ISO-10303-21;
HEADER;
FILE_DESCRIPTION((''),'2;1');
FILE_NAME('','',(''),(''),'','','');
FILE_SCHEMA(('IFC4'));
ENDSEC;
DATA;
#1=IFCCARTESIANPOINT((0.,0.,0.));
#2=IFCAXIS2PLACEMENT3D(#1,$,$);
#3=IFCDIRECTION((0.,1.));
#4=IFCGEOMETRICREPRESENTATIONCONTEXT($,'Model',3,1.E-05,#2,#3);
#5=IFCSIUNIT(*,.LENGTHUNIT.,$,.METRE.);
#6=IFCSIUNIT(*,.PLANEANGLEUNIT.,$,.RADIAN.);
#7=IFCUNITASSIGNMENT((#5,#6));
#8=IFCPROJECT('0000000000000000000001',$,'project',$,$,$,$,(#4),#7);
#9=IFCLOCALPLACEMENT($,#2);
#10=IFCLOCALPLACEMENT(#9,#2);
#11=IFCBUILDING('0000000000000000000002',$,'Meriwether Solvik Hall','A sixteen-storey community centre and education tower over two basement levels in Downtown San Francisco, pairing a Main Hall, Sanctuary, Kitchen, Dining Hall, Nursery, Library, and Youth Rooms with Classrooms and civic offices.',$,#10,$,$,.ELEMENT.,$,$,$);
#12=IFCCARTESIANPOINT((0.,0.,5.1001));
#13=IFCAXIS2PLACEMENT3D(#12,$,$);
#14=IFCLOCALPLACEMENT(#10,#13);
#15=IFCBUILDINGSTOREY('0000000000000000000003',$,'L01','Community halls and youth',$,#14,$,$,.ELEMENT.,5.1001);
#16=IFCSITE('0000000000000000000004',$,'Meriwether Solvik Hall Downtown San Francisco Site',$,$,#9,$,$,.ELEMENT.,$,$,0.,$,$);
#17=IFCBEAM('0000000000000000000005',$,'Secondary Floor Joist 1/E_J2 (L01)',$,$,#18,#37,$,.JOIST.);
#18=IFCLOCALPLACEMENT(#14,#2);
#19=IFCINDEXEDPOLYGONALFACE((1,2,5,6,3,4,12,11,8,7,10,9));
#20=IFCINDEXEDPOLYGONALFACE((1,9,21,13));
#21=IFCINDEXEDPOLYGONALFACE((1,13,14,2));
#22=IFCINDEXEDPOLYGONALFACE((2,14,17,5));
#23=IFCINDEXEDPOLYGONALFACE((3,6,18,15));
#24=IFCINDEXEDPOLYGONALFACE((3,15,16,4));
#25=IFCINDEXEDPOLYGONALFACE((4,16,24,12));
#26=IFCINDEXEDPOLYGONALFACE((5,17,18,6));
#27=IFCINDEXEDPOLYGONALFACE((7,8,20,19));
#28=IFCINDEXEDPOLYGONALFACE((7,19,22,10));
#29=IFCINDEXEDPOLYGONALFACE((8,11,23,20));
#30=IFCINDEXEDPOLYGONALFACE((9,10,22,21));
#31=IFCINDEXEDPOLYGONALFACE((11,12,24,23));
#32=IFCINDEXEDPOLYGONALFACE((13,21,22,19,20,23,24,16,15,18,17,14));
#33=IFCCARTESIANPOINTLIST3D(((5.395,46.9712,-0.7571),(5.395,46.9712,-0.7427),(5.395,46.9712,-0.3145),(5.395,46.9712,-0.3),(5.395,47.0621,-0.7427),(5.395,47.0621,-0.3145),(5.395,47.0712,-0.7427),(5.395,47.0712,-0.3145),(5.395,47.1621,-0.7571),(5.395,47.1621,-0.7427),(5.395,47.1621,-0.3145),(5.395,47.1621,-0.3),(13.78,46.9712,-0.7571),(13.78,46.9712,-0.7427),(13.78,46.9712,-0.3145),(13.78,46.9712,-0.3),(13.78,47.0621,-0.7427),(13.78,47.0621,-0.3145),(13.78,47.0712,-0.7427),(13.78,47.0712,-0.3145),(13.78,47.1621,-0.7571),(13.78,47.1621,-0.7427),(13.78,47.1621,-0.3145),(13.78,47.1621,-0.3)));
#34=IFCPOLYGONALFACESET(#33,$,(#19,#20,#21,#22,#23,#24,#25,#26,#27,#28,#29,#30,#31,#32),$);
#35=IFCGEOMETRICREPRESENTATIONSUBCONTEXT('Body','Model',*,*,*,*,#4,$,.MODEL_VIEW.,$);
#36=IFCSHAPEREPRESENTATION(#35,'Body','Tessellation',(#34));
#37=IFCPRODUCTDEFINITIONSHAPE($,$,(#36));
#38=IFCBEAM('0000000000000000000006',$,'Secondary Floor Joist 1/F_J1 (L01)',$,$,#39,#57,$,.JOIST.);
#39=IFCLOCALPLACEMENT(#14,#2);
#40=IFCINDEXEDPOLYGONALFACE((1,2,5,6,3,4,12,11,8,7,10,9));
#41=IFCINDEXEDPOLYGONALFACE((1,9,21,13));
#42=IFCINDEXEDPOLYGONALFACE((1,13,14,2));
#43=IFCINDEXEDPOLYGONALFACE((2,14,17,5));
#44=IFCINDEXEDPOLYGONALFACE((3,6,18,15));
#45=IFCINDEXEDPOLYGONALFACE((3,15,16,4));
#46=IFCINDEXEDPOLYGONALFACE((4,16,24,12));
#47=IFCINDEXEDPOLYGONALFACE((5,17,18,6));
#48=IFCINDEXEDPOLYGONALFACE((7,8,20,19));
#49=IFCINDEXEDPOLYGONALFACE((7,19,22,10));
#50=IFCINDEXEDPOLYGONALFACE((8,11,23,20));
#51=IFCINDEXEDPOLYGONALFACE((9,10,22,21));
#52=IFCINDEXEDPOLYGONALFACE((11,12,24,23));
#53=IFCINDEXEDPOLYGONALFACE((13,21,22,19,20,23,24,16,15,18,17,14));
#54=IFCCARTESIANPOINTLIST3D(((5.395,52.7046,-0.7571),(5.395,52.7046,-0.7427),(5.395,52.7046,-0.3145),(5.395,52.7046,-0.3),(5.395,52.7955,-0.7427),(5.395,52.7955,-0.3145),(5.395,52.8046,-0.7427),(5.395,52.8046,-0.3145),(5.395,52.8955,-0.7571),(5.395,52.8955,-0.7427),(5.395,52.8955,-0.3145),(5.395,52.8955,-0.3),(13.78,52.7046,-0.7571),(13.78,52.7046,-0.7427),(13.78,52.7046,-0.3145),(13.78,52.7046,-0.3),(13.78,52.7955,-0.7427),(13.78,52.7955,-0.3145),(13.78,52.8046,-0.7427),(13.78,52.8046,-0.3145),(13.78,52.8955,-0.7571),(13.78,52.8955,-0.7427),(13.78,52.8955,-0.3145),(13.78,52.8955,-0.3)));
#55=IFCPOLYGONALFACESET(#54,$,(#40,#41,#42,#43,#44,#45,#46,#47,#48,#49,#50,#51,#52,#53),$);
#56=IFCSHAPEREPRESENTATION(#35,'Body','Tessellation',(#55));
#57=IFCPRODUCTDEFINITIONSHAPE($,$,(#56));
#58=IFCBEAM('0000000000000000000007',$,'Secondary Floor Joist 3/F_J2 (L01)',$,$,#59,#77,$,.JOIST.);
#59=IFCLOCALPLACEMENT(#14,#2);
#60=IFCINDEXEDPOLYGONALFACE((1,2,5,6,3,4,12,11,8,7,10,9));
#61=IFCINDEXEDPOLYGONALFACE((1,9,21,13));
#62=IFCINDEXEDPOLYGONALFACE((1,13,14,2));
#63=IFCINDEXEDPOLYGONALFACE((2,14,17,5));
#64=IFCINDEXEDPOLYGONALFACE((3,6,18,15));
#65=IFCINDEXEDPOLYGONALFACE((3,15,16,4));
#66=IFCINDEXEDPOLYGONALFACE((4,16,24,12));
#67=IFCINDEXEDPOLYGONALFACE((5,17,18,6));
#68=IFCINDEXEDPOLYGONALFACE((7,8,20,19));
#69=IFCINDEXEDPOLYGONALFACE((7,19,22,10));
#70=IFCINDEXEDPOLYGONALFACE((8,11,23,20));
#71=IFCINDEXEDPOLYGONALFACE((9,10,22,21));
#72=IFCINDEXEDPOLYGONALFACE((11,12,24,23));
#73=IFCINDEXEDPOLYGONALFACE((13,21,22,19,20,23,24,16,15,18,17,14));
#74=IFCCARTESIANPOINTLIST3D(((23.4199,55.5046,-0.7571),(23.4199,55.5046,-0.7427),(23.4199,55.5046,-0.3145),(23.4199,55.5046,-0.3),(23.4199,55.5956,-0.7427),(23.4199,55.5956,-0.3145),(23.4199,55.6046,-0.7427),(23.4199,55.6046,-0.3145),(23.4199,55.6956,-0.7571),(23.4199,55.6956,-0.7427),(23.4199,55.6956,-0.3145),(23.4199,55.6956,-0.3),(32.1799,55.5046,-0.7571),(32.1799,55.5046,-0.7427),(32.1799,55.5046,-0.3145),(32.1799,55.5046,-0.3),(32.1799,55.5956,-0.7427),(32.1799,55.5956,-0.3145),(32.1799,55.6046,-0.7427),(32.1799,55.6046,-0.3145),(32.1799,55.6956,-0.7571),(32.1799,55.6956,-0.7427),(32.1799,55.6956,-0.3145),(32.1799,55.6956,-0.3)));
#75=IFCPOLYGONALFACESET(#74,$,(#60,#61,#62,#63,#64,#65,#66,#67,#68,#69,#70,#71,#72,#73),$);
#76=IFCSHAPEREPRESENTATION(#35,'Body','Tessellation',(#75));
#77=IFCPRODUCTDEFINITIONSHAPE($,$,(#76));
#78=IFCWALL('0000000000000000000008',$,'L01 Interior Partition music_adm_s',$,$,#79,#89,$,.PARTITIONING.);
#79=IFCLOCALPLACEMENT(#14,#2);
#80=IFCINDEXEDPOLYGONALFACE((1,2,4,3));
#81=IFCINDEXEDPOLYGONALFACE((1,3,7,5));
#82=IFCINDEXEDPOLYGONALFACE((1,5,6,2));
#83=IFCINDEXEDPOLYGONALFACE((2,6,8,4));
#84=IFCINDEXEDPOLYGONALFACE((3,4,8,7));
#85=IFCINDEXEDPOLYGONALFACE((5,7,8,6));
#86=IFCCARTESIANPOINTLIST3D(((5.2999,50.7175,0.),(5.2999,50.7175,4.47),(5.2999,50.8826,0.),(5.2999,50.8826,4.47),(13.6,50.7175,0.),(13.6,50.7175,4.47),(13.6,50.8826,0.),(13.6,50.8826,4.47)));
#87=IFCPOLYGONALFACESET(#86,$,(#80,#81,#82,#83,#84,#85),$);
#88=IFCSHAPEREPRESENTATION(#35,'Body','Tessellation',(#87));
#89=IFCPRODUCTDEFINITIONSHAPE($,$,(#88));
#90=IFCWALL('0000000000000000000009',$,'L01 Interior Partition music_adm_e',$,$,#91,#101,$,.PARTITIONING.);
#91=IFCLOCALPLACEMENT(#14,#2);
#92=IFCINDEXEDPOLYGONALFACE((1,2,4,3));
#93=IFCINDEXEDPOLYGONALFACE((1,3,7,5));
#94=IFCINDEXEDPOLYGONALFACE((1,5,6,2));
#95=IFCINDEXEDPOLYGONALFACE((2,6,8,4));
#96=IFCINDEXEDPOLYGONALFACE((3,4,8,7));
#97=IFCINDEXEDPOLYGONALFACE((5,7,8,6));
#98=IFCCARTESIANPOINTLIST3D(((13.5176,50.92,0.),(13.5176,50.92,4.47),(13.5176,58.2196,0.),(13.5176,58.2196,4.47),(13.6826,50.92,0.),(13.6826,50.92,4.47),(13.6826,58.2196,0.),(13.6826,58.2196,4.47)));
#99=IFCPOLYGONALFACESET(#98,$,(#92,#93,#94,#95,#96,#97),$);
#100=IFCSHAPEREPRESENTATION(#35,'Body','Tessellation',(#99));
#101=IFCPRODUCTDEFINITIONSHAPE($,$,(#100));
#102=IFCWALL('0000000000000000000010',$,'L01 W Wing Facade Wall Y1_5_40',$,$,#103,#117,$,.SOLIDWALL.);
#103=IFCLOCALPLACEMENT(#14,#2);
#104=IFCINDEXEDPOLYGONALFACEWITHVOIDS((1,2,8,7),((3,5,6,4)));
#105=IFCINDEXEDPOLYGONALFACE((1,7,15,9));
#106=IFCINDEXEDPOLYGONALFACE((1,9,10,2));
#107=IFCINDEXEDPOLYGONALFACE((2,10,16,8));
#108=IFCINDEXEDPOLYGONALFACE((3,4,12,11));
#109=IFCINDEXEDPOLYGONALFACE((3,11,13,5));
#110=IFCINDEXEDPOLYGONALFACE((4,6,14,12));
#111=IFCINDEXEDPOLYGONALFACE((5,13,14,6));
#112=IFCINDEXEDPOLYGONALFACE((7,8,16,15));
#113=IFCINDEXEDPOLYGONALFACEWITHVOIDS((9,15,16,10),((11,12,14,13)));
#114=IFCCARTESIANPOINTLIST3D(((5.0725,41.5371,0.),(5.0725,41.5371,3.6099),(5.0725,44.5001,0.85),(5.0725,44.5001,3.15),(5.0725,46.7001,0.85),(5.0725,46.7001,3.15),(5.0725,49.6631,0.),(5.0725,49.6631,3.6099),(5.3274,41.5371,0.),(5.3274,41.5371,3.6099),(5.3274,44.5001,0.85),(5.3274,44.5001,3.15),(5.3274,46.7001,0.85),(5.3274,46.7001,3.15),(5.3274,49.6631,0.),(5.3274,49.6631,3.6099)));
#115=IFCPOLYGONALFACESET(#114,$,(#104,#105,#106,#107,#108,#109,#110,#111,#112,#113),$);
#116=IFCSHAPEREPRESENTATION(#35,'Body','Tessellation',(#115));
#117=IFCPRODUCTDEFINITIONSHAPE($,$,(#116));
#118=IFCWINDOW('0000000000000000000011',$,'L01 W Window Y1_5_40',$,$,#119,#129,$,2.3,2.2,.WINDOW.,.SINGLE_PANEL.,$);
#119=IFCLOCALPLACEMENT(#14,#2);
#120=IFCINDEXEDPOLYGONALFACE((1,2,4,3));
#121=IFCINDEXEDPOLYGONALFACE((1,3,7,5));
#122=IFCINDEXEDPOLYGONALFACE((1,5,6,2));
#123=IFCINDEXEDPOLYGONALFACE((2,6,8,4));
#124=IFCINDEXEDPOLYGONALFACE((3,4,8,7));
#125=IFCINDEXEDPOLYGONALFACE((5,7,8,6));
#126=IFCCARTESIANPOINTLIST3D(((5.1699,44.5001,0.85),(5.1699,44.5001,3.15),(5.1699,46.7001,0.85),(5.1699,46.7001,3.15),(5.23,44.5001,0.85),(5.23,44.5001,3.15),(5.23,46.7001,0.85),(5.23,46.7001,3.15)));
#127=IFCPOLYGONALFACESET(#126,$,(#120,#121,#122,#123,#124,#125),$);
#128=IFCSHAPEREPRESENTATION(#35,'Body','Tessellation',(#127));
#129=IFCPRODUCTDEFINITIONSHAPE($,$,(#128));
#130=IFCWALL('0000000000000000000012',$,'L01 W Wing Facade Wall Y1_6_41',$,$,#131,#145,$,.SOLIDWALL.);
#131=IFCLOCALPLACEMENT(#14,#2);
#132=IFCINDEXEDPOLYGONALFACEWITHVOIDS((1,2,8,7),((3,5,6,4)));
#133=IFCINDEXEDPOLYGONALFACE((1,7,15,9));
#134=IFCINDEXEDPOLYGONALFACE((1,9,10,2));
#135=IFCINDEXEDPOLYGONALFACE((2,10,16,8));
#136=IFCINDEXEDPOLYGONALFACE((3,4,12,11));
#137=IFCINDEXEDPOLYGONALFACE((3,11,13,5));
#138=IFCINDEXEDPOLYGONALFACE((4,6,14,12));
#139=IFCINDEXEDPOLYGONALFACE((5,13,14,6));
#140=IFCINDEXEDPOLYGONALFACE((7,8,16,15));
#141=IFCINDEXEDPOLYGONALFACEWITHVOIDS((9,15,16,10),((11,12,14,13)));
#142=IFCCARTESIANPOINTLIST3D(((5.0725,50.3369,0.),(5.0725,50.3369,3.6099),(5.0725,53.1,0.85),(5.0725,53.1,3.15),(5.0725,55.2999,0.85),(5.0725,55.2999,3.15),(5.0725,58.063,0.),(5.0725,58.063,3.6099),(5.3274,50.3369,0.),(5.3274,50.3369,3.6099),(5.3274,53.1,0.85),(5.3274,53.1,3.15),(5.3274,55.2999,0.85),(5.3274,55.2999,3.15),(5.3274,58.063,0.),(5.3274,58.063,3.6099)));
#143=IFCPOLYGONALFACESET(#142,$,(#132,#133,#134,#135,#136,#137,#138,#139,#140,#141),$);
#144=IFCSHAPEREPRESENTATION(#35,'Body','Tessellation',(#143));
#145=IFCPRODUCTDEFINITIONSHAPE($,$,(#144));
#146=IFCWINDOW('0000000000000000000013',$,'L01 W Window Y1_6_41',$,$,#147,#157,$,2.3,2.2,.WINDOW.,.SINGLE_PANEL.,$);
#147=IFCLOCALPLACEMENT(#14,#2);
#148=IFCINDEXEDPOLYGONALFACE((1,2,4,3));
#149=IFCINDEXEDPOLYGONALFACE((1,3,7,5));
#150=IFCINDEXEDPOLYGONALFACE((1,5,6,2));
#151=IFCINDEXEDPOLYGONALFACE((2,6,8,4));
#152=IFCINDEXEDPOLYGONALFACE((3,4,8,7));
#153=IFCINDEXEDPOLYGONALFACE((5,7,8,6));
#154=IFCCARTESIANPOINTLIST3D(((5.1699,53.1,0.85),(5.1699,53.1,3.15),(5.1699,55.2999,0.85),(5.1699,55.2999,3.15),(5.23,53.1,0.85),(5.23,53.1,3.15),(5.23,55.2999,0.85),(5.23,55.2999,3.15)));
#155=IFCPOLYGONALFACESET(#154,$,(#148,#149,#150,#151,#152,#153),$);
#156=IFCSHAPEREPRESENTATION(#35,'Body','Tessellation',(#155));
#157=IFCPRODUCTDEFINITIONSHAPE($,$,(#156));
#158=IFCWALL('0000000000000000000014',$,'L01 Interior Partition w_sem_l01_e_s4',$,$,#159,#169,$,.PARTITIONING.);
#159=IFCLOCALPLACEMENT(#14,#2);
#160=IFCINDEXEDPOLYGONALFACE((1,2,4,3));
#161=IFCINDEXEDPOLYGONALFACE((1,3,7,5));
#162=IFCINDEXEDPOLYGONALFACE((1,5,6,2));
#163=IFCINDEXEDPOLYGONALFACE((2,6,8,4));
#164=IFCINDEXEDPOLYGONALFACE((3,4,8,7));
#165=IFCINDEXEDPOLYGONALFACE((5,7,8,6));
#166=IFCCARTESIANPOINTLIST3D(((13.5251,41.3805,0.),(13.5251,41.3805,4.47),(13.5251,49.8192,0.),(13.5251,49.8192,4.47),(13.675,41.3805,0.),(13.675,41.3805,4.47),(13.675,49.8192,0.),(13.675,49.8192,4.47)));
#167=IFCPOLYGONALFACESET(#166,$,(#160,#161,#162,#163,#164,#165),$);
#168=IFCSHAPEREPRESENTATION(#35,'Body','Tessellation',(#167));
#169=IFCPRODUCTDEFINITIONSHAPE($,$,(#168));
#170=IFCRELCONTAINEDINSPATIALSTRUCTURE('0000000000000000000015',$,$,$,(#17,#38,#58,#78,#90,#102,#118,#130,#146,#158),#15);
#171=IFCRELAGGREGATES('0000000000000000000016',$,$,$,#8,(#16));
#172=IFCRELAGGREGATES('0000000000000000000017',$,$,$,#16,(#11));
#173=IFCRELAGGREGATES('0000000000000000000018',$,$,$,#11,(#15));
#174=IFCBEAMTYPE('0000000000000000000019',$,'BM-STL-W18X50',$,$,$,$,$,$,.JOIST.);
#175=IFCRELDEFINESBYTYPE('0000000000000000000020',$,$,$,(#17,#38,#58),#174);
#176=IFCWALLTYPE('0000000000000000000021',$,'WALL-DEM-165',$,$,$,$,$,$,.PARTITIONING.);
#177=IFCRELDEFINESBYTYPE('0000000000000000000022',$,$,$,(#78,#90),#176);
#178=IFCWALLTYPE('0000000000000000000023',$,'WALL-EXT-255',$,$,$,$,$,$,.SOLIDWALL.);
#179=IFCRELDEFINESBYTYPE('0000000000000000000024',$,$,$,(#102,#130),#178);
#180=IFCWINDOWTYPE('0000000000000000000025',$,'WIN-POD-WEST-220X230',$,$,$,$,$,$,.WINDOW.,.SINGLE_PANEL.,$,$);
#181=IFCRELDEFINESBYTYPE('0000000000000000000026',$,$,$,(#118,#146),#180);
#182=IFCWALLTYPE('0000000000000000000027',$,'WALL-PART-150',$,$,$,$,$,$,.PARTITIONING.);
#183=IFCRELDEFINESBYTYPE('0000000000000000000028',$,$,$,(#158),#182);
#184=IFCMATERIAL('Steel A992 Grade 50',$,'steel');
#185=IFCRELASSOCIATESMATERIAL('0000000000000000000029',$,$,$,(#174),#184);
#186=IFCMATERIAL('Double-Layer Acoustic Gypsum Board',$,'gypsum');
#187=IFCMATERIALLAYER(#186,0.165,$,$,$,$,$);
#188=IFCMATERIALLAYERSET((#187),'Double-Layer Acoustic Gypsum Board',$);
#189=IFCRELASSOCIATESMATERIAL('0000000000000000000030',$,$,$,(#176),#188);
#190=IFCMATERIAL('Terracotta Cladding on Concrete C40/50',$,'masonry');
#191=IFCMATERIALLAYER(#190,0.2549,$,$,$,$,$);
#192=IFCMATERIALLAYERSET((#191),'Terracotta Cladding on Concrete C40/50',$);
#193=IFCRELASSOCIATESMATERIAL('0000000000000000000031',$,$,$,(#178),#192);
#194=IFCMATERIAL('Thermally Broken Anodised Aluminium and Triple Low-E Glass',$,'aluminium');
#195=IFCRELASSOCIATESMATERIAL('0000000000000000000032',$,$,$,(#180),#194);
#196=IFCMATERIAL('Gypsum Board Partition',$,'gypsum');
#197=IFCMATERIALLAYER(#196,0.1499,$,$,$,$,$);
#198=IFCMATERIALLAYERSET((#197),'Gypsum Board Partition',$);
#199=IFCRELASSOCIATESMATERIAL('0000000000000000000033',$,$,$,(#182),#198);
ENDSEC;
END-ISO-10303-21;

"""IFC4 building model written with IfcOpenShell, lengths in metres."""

from ifc_helpers import new_model, si_unit, direction, frame, frame_2d, origin, origin_2d, place, context, subcontext, project, spatial, rectangle, i_section, extrude, material, layer, layer_set, material_profile, profile_set, type_object, element, fill, save


model = new_model("IFC4")

# Units and contexts
model_context = context("Model", 3, precision=1e-05, world=origin(), true_north=direction((0.0, 1.0)))
body_context = subcontext(model_context, "Body", "Model", "MODEL_VIEW")
ifc_project = project(units=[si_unit("LENGTHUNIT", "METRE"), si_unit("PLANEANGLEUNIT", "RADIAN")], contexts=[model_context])

# Site, building, storey
site_placement = place(None, origin())
site = spatial("IfcSite", under=ifc_project, at=site_placement, Name="Meriwether Solvik Hall Downtown San Francisco Site", CompositionType="ELEMENT", RefElevation=0.0)
building_placement = place(site_placement, origin())
building = spatial("IfcBuilding", under=site, at=building_placement, Name="Meriwether Solvik Hall", Description="A sixteen-storey community centre and education tower over two basement levels in Downtown San Francisco, pairing a Main Hall, Sanctuary, Kitchen, Dining Hall, Nursery, Library, and Youth Rooms with Classrooms and civic offices.", CompositionType="ELEMENT")
storey_placement = place(building_placement, frame((0.0, 0.0, 5.1001)))
storey = spatial("IfcBuildingStorey", under=building, at=storey_placement, Name="L01", Description="Community halls and youth", CompositionType="ELEMENT", Elevation=5.1001)

# Beams
ifc_material_1 = material(Name="Steel A992 Grade 50", Category="steel")
ifc_material_profile_1 = material_profile(ifc_material_1, i_section(OverallWidth=0.1909, OverallDepth=0.457, WebThickness=0.009, FlangeThickness=0.0144, at=origin_2d()), Name="W18X50")
ifc_profile_set_1 = profile_set([ifc_material_profile_1], Name="Steel A992 Grade 50")
beam_type_1 = type_object("IfcBeamType", Name="BM-STL-W18X50", PredefinedType="JOIST", material=ifc_profile_set_1)
for number, where, z_axis, x_axis, name in (
    (1, (5.395, 47.0667, -0.5286), (1.0, 0.0, 0.0), (0.0, 1.0, 0.0), "Secondary Floor Joist 1/E_J2 (L01)"),
    (2, (5.395, 52.8, -0.5286), (1.0, 0.0, 0.0), (0.0, 1.0, 0.0), "Secondary Floor Joist 1/F_J1 (L01)"),
):
    element("IfcBeam", number, at=place(storey_placement, frame(where, z_axis=z_axis, x_axis=x_axis)), inside=storey, type_object=beam_type_1, Name=name, PredefinedType="JOIST", context=body_context, shape_type="SweptSolid", body=[
        extrude(i_section(OverallWidth=0.1909, OverallDepth=0.457, WebThickness=0.009, FlangeThickness=0.0144, at=origin_2d()), origin(), (0.0, 0.0, 1.0), 8.385),
    ])
beam_1_placement = place(storey_placement, frame((23.4199, 55.6001, -0.5286), z_axis=(1.0, 0.0, 0.0), x_axis=(0.0, 1.0, 0.0)))
element("IfcBeam", 3, at=beam_1_placement, inside=storey, type_object=beam_type_1, Name="Secondary Floor Joist 3/F_J2 (L01)", PredefinedType="JOIST", context=body_context, shape_type="SweptSolid", body=[
    extrude(i_section(OverallWidth=0.1909, OverallDepth=0.457, WebThickness=0.009, FlangeThickness=0.0144, at=origin_2d()), origin(), (0.0, 0.0, 1.0), 8.76),
])

# Walls
ifc_material_2 = material(Name="Double-Layer Acoustic Gypsum Board", Category="gypsum")
ifc_layer_1 = layer(ifc_material_2, 0.165)
ifc_layer_set_1 = layer_set([ifc_layer_1], Name="Double-Layer Acoustic Gypsum Board")
wall_type_1 = type_object("IfcWallType", Name="WALL-DEM-165", PredefinedType="PARTITIONING", material=ifc_layer_set_1)
wall_1_placement = place(storey_placement, frame((5.3, 50.8, 0.0), z_axis=(0.0, 0.0, 1.0), x_axis=(1.0, 0.0, 0.0)))
element("IfcWall", 4, at=wall_1_placement, inside=storey, type_object=wall_type_1, Name="L01 Interior Partition music_adm_s", PredefinedType="PARTITIONING", context=body_context, shape_type="SweptSolid", body=[
    extrude(rectangle(XDim=8.3, YDim=0.165, at=frame_2d((4.1499, 0.0))), origin(), (0.0, 0.0, 1.0), 4.47),
])
wall_2_placement = place(storey_placement, frame((13.6001, 50.9199, 0.0), z_axis=(0.0, 0.0, 1.0), x_axis=(0.0, 1.0, 0.0)))
element("IfcWall", 5, at=wall_2_placement, inside=storey, type_object=wall_type_1, Name="L01 Interior Partition music_adm_e", PredefinedType="PARTITIONING", context=body_context, shape_type="SweptSolid", body=[
    extrude(rectangle(XDim=7.2996, YDim=0.165, at=frame_2d((3.6499, 0.0))), origin(), (0.0, 0.0, 1.0), 4.47),
])

# Walls, openings, windows
ifc_material_3 = material(Name="Terracotta Cladding on Concrete C40/50", Category="masonry")
ifc_layer_2 = layer(ifc_material_3, 0.2549)
ifc_layer_set_2 = layer_set([ifc_layer_2], Name="Terracotta Cladding on Concrete C40/50")
wall_type_2 = type_object("IfcWallType", Name="WALL-EXT-255", PredefinedType="SOLIDWALL", material=ifc_layer_set_2)
wall_3_placement = place(storey_placement, frame((5.2, 41.5371, 0.0), z_axis=(0.0, 0.0, 1.0), x_axis=(0.0, 1.0, 0.0)))
wall_3 = element("IfcWall", 6, at=wall_3_placement, inside=storey, type_object=wall_type_2, Name="L01 W Wing Facade Wall Y1_5_40", PredefinedType="SOLIDWALL", context=body_context, shape_type="SweptSolid", body=[
    extrude(rectangle(XDim=8.126, YDim=0.2549, at=frame_2d((4.063, 0.0))), origin(), (0.0, 0.0, 1.0), 3.6099),
])
opening_1_placement = place(wall_3_placement, frame((2.9629, 0.0, 0.8501)))
opening_1 = element("IfcOpeningElement", 7, at=opening_1_placement, cuts=wall_3, PredefinedType="OPENING", context=body_context, shape_type="SweptSolid", body=[
    extrude(rectangle(XDim=2.2, YDim=2.3, at=frame_2d((1.1001, 1.1499))), frame((0.0, 0.1394, 0.0), z_axis=(0.0, -1.0, 0.0), x_axis=(1.0, 0.0, 0.0)), (0.0, 0.0, 1.0), 0.2788),
])
ifc_material_4 = material(Name="Thermally Broken Anodised Aluminium and Triple Low-E Glass", Category="aluminium")
window_type = type_object("IfcWindowType", Name="WIN-POD-WEST-220X230", PartitioningType="SINGLE_PANEL", PredefinedType="WINDOW", material=ifc_material_4)
window_1_placement = place(opening_1_placement, origin())
window_1 = element("IfcWindow", 8, at=window_1_placement, inside=storey, type_object=window_type, Name="L01 W Window Y1_5_40", OverallHeight=2.3, OverallWidth=2.2, PartitioningType="SINGLE_PANEL", PredefinedType="WINDOW", context=body_context, shape_type="SweptSolid", body=[
    extrude(rectangle(XDim=2.2, YDim=2.3, at=frame_2d((1.1001, 1.1499))), frame((0.0, 0.03, 0.0), z_axis=(0.0, -1.0, 0.0), x_axis=(1.0, 0.0, 0.0)), (0.0, 0.0, 1.0), 0.0601),
])
fill(opening_1, window_1)
wall_4_placement = place(storey_placement, frame((5.2, 50.3369, 0.0), z_axis=(0.0, 0.0, 1.0), x_axis=(0.0, 1.0, 0.0)))
wall_4 = element("IfcWall", 9, at=wall_4_placement, inside=storey, type_object=wall_type_2, Name="L01 W Wing Facade Wall Y1_6_41", PredefinedType="SOLIDWALL", context=body_context, shape_type="SweptSolid", body=[
    extrude(rectangle(XDim=7.7261, YDim=0.2549, at=frame_2d((3.863, 0.0))), origin(), (0.0, 0.0, 1.0), 3.6099),
])
opening_2_placement = place(wall_4_placement, frame((2.7629, 0.0, 0.8501)))
opening_2 = element("IfcOpeningElement", 10, at=opening_2_placement, cuts=wall_4, PredefinedType="OPENING", context=body_context, shape_type="SweptSolid", body=[
    extrude(rectangle(XDim=2.2, YDim=2.3, at=frame_2d((1.1001, 1.1499))), frame((0.0, 0.1394, 0.0), z_axis=(0.0, -1.0, 0.0), x_axis=(1.0, 0.0, 0.0)), (0.0, 0.0, 1.0), 0.2788),
])
window_2_placement = place(opening_2_placement, origin())
window_2 = element("IfcWindow", 11, at=window_2_placement, inside=storey, type_object=window_type, Name="L01 W Window Y1_6_41", OverallHeight=2.3, OverallWidth=2.2, PartitioningType="SINGLE_PANEL", PredefinedType="WINDOW", context=body_context, shape_type="SweptSolid", body=[
    extrude(rectangle(XDim=2.2, YDim=2.3, at=frame_2d((1.1001, 1.1499))), frame((0.0, 0.03, 0.0), z_axis=(0.0, -1.0, 0.0), x_axis=(1.0, 0.0, 0.0)), (0.0, 0.0, 1.0), 0.0601),
])
fill(opening_2, window_2)

# Wall
ifc_material_5 = material(Name="Gypsum Board Partition", Category="gypsum")
ifc_layer_3 = layer(ifc_material_5, 0.1499)
ifc_layer_set_3 = layer_set([ifc_layer_3], Name="Gypsum Board Partition")
wall_type_3 = type_object("IfcWallType", Name="WALL-PART-150", PredefinedType="PARTITIONING", material=ifc_layer_set_3)
wall_5_placement = place(storey_placement, frame((13.6001, 41.3806, 0.0), z_axis=(0.0, 0.0, 1.0), x_axis=(0.0, 1.0, 0.0)))
element("IfcWall", 12, at=wall_5_placement, inside=storey, type_object=wall_type_3, Name="L01 Interior Partition w_sem_l01_e_s4", PredefinedType="PARTITIONING", context=body_context, shape_type="SweptSolid", body=[
    extrude(rectangle(XDim=8.4387, YDim=0.1499, at=frame_2d((4.2192, 0.0))), origin(), (0.0, 0.0, 1.0), 4.47),
])

save(model, "model.ifc")
